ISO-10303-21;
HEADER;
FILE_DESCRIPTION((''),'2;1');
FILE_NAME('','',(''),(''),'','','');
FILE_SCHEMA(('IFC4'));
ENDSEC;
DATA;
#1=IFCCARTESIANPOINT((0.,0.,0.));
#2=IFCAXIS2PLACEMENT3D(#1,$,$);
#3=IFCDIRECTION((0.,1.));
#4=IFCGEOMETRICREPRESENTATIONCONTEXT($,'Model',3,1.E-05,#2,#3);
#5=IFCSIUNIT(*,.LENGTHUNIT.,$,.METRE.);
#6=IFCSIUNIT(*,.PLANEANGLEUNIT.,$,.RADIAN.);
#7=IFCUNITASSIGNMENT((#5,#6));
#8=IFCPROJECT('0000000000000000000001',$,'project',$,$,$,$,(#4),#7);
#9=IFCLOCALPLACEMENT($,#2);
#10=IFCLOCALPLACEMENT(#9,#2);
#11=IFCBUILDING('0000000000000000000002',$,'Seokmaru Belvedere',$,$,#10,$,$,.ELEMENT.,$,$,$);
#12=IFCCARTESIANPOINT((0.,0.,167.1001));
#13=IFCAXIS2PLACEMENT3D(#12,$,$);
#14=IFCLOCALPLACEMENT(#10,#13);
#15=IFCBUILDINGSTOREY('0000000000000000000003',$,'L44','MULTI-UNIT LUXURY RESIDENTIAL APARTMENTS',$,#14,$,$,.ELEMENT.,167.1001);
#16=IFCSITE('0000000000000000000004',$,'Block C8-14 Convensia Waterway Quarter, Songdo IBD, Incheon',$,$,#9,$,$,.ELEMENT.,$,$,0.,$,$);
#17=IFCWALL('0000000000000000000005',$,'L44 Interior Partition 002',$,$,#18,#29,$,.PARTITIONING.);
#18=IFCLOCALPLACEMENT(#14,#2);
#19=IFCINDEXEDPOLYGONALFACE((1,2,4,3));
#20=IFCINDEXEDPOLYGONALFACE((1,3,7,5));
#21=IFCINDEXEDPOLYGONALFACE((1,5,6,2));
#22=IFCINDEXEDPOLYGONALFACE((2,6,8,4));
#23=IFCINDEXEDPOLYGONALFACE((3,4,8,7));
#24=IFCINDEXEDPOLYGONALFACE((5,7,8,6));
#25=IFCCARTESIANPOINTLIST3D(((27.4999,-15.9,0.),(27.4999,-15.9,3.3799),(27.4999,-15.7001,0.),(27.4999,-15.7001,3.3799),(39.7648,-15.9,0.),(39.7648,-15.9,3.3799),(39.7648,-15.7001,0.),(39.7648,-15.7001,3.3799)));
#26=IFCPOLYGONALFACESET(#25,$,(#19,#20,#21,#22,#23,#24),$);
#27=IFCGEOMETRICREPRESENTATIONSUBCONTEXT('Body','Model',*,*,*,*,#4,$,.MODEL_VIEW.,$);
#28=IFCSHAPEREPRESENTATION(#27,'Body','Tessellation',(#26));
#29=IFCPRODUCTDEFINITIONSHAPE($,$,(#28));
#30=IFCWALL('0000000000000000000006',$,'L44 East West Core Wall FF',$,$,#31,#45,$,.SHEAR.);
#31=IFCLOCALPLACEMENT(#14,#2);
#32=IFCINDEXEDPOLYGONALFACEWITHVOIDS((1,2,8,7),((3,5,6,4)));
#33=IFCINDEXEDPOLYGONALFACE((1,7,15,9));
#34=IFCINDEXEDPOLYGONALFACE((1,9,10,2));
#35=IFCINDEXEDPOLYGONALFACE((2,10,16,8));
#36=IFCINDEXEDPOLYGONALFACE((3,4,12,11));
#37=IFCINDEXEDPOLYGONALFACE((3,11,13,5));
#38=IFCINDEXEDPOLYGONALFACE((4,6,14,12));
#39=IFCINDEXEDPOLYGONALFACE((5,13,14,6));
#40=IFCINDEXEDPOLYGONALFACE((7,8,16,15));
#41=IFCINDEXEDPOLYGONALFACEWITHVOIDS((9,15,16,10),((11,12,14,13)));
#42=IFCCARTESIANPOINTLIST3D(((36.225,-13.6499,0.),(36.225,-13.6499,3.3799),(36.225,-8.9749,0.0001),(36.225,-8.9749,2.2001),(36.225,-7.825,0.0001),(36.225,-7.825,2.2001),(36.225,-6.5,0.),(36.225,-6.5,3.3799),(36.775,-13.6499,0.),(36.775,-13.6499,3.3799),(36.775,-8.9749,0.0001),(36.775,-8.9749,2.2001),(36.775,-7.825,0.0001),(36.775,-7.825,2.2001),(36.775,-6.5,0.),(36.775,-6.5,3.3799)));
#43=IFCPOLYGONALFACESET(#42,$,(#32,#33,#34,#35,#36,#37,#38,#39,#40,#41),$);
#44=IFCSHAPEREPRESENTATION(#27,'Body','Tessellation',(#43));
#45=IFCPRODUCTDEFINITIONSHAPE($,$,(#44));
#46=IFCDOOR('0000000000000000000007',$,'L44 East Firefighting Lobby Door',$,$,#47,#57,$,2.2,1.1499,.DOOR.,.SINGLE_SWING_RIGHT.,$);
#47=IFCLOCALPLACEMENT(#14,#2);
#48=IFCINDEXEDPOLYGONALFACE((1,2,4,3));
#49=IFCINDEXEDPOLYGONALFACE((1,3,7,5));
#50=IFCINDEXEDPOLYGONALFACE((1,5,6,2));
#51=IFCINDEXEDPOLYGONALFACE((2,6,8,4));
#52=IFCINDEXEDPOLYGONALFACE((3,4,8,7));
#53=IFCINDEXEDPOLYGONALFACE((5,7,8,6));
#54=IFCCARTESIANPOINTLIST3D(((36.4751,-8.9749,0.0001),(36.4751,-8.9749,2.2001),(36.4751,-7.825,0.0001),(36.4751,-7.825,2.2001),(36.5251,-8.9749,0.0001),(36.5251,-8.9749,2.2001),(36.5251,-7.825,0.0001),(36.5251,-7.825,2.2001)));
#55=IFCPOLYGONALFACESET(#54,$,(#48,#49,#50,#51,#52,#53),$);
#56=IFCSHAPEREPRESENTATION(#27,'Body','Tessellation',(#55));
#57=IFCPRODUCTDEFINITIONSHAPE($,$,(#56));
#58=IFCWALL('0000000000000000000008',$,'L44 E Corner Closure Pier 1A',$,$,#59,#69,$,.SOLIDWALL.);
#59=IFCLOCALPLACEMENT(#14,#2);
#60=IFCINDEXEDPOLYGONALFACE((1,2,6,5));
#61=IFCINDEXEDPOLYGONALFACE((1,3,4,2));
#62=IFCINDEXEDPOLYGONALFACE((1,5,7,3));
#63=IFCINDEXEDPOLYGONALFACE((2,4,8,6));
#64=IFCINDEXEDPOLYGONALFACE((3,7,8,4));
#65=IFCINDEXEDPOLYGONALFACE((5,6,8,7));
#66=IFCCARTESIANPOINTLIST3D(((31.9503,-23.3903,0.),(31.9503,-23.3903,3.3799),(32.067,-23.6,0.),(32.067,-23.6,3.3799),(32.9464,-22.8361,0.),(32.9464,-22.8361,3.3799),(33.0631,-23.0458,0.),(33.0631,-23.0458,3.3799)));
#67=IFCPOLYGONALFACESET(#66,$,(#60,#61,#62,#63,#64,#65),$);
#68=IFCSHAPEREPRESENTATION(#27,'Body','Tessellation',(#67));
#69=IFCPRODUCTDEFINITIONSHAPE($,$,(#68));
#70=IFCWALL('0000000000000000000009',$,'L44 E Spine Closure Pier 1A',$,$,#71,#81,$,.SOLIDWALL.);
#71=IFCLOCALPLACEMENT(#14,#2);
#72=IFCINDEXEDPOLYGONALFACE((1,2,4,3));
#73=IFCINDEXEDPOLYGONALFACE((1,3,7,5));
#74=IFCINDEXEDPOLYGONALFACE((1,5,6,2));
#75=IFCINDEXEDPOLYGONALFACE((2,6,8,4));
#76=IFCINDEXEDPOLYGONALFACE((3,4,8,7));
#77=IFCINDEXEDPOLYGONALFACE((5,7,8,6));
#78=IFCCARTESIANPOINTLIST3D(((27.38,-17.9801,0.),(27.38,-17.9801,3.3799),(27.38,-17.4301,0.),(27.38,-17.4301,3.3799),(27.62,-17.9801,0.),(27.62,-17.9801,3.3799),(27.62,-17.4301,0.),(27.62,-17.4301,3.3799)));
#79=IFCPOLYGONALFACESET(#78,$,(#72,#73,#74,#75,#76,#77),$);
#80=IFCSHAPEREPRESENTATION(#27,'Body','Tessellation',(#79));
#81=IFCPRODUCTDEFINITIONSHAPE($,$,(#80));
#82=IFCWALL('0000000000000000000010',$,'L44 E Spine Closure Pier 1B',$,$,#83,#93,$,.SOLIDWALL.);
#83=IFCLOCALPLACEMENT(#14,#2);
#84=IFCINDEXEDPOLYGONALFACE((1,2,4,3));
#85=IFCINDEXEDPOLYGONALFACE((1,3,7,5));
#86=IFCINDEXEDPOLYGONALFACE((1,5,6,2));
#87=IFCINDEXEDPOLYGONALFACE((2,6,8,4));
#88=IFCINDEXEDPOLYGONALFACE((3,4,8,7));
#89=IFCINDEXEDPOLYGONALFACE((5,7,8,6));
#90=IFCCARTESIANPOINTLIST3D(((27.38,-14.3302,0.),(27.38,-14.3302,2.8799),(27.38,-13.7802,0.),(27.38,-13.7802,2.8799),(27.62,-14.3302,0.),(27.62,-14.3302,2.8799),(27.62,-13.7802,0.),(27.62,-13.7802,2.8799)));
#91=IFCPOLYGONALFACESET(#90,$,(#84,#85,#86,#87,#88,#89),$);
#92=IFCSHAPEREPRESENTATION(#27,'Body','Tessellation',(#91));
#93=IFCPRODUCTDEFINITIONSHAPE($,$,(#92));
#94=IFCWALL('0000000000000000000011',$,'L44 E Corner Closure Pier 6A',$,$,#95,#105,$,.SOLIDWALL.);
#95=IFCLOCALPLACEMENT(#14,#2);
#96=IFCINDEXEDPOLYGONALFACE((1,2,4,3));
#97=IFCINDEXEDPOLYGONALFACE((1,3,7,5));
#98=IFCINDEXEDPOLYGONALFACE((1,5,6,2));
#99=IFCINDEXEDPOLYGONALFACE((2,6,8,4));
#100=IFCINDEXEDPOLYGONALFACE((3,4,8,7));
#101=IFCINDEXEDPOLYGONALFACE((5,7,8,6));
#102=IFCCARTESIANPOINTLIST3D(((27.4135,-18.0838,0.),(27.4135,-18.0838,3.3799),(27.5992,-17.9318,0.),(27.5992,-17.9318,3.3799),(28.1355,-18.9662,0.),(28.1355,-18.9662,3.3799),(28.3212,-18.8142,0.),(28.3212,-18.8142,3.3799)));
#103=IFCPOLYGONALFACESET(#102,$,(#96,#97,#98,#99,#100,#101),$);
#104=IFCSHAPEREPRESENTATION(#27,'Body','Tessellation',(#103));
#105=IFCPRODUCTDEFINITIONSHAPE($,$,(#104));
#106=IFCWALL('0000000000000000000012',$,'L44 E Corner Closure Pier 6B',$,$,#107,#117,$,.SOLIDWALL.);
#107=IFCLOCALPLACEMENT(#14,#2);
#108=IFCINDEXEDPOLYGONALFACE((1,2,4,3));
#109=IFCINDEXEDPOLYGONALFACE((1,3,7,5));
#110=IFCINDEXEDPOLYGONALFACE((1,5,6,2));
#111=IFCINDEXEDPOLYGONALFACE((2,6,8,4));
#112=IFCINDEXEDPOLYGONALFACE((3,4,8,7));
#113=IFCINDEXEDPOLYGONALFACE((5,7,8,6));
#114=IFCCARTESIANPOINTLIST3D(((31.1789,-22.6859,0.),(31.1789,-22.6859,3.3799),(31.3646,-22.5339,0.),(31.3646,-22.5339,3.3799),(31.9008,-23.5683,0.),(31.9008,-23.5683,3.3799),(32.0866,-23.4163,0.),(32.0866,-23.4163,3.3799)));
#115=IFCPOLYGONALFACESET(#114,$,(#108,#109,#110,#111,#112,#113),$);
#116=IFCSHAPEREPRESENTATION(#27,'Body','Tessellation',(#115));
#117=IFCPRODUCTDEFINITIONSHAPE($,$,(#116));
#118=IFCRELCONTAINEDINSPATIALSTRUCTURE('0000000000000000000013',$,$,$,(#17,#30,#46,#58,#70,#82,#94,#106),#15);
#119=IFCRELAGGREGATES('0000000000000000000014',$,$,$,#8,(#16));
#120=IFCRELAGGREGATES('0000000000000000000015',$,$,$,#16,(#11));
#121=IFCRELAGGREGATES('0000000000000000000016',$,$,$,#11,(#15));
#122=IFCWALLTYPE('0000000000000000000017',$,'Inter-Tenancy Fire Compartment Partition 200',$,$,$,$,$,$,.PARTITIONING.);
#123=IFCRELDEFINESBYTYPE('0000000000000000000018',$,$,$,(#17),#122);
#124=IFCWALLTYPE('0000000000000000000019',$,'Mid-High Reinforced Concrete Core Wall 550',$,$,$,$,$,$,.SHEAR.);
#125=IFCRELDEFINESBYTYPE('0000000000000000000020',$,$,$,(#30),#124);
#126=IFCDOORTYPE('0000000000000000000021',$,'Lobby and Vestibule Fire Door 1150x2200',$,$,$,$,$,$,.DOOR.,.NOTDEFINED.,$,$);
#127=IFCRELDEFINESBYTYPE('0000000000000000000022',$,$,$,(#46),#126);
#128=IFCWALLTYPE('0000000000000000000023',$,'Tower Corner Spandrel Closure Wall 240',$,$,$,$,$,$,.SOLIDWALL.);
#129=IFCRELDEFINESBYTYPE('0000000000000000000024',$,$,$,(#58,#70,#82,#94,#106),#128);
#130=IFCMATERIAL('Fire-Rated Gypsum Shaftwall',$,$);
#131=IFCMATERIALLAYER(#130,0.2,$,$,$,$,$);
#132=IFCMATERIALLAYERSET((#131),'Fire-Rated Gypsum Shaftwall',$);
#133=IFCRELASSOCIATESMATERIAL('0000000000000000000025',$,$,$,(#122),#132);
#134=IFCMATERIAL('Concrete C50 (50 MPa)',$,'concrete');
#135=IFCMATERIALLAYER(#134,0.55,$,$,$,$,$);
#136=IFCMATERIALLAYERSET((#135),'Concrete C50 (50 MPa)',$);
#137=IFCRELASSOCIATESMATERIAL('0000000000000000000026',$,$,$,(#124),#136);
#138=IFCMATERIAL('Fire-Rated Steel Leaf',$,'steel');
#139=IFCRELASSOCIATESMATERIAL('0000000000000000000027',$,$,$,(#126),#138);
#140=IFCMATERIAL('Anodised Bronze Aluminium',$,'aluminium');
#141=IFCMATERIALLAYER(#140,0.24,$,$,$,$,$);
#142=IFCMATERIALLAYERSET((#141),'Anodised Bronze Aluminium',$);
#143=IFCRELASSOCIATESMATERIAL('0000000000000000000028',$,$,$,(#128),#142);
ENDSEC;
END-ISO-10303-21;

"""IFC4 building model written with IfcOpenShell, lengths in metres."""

from ifc_helpers import new_model, si_unit, direction, frame, frame_2d, origin, place, context, subcontext, project, spatial, rectangle, extrude, source, transform, mapped, material, layer, layer_set, type_object, type_shapes, element, fill, save


model = new_model("IFC4")

# Units and contexts
model_context = context("Model", 3, precision=1e-05, world=origin(), true_north=direction((0.0, 1.0)))
body_context = subcontext(model_context, "Body", "Model", "MODEL_VIEW")
ifc_project = project(units=[si_unit("LENGTHUNIT", "METRE"), si_unit("PLANEANGLEUNIT", "RADIAN")], contexts=[model_context])

# Site, building, storey
site_placement = place(None, origin())
site = spatial("IfcSite", under=ifc_project, at=site_placement, Name="Block C8-14 Convensia Waterway Quarter, Songdo IBD, Incheon", CompositionType="ELEMENT", RefElevation=0.0)
building_placement = place(site_placement, origin())
building = spatial("IfcBuilding", under=site, at=building_placement, Name="Seokmaru Belvedere", CompositionType="ELEMENT")
storey_placement = place(building_placement, frame((0.0, 0.0, 167.1001)))
storey = spatial("IfcBuildingStorey", under=building, at=storey_placement, Name="L44", Description="MULTI-UNIT LUXURY RESIDENTIAL APARTMENTS", CompositionType="ELEMENT", Elevation=167.1001)

# Shared definitions
ifc_material_1 = material(Name="Anodised Bronze Aluminium", Category="aluminium")

# Wall
ifc_material_2 = material(Name="Fire-Rated Gypsum Shaftwall")
ifc_layer_1 = layer(ifc_material_2, 0.2)
ifc_layer_set_1 = layer_set([ifc_layer_1], Name="Fire-Rated Gypsum Shaftwall")
wall_type_1 = type_object("IfcWallType", Name="Inter-Tenancy Fire Compartment Partition 200", PredefinedType="PARTITIONING", material=ifc_layer_set_1)
wall_1_placement = place(storey_placement, frame((27.5, -15.8, 0.0), z_axis=(0.0, 0.0, 1.0), x_axis=(1.0, 0.0, 0.0)))
element("IfcWall", 1, at=wall_1_placement, inside=storey, type_object=wall_type_1, Name="L44 Interior Partition 002", PredefinedType="PARTITIONING", context=body_context, shape_type="SweptSolid", body=[
    extrude(rectangle(XDim=12.2649, YDim=0.2, at=frame_2d((6.1323, 0.0))), origin(), (0.0, 0.0, 1.0), 3.3799),
])

# Wall, opening, door
ifc_material_3 = material(Name="Concrete C50 (50 MPa)", Category="concrete")
ifc_layer_2 = layer(ifc_material_3, 0.55)
ifc_layer_set_2 = layer_set([ifc_layer_2], Name="Concrete C50 (50 MPa)")
wall_type_2 = type_object("IfcWallType", Name="Mid-High Reinforced Concrete Core Wall 550", PredefinedType="SHEAR", material=ifc_layer_set_2)
wall_2_placement = place(storey_placement, frame((36.5, -13.6499, 0.0), z_axis=(0.0, 0.0, 1.0), x_axis=(0.0, 1.0, 0.0)))
wall_2 = element("IfcWall", 2, at=wall_2_placement, inside=storey, type_object=wall_type_2, Name="L44 East West Core Wall FF", PredefinedType="SHEAR", context=body_context, shape_type="SweptSolid", body=[
    extrude(rectangle(XDim=7.1499, YDim=0.55, at=frame_2d((3.575, 0.0))), origin(), (0.0, 0.0, 1.0), 3.3799),
])
opening_placement = place(wall_2_placement, frame((4.675, 0.0, 0.0)))
opening = element("IfcOpeningElement", 3, at=opening_placement, cuts=wall_2, PredefinedType="OPENING", context=body_context, shape_type="SweptSolid", body=[
    extrude(rectangle(XDim=1.1499, YDim=2.2, at=frame_2d((0.575, 1.1001))), frame((0.0, 0.2852, 0.0), z_axis=(0.0, -1.0, 0.0), x_axis=(1.0, 0.0, 0.0)), (0.0, 0.0, 1.0), 0.5701),
])
ifc_material_4 = material(Name="Fire-Rated Steel Leaf", Category="steel")
door_type = type_object("IfcDoorType", Name="Lobby and Vestibule Fire Door 1150x2200", OperationType="NOTDEFINED", PredefinedType="DOOR", material=ifc_material_4)
shared_shape_1 = source(origin(), body_context, "Body", "SweptSolid", [
    extrude(rectangle(XDim=1.1499, YDim=2.2, at=frame_2d((0.575, 1.1001))), frame((0.0, 0.0249, 0.0), z_axis=(0.0, -1.0, 0.0), x_axis=(1.0, 0.0, 0.0)), (0.0, 0.0, 1.0), 0.05),
])
type_shapes(door_type, [shared_shape_1])
door_placement = place(opening_placement, origin())
door = element("IfcDoor", 4, at=door_placement, inside=storey, type_object=door_type, Name="L44 East Firefighting Lobby Door", OperationType="SINGLE_SWING_RIGHT", OverallHeight=2.2, OverallWidth=1.1499, PredefinedType="DOOR", context=body_context, shape_type="MappedRepresentation", body=[
    mapped(shared_shape_1, transform((0.0, 0.0, 0.0), scale=1.0)),
])
fill(opening, door)

# Walls
ifc_layer_3 = layer(ifc_material_1, 0.24)
ifc_layer_set_3 = layer_set([ifc_layer_3], Name="Anodised Bronze Aluminium")
wall_type_3 = type_object("IfcWallType", Name="Tower Corner Spandrel Closure Wall 240", PredefinedType="SOLIDWALL", material=ifc_layer_set_3)
wall_3_placement = place(storey_placement, frame((32.0088, -23.4951, 0.0), z_axis=(0.0, 0.0, 1.0), x_axis=(0.873854, 0.486188, 0.0)))
element("IfcWall", 5, at=wall_3_placement, inside=storey, type_object=wall_type_3, Name="L44 E Corner Closure Pier 1A", PredefinedType="SOLIDWALL", context=body_context, shape_type="SweptSolid", body=[
    extrude(rectangle(XDim=1.1399, YDim=0.24, at=frame_2d((0.5698, 0.0))), origin(), (0.0, 0.0, 1.0), 3.3799),
])
wall_4_placement = place(storey_placement, frame((27.5, -17.98, 0.0), z_axis=(0.0, 0.0, 1.0), x_axis=(0.0, 1.0, 0.0)))
element("IfcWall", 6, at=wall_4_placement, inside=storey, type_object=wall_type_3, Name="L44 E Spine Closure Pier 1A", PredefinedType="SOLIDWALL", context=body_context, shape_type="SweptSolid", body=[
    extrude(rectangle(XDim=0.55, YDim=0.24, at=frame_2d((0.2749, 0.0))), origin(), (0.0, 0.0, 1.0), 3.3799),
])
wall_5_placement = place(storey_placement, frame((27.5, -14.3301, 0.0), z_axis=(0.0, 0.0, 1.0), x_axis=(0.0, 1.0, 0.0)))
element("IfcWall", 7, at=wall_5_placement, inside=storey, type_object=wall_type_3, Name="L44 E Spine Closure Pier 1B", PredefinedType="SOLIDWALL", context=body_context, shape_type="SweptSolid", body=[
    extrude(rectangle(XDim=0.55, YDim=0.24, at=frame_2d((0.2749, 0.0))), origin(), (0.0, 0.0, 1.0), 2.8799),
])
for number, where, z_axis, x_axis, name in (
    (8, (27.5063, -18.0078, 0.0), (0.0, 0.0, 1.0), (0.633249, -0.773948, 0.0), "L44 E Corner Closure Pier 6A"),
    (9, (31.2717, -22.6099, 0.0), (0.0, 0.0, 1.0), (0.633249, -0.773948, 0.0), "L44 E Corner Closure Pier 6B"),
):
    element("IfcWall", number, at=place(storey_placement, frame(where, z_axis=z_axis, x_axis=x_axis)), inside=storey, type_object=wall_type_3, Name=name, PredefinedType="SOLIDWALL", context=body_context, shape_type="SweptSolid", body=[
        extrude(rectangle(XDim=1.1401, YDim=0.24, at=frame_2d((0.5701, 0.0))), origin(), (0.0, 0.0, 1.0), 3.3799),
    ])

save(model, "model.ifc")
